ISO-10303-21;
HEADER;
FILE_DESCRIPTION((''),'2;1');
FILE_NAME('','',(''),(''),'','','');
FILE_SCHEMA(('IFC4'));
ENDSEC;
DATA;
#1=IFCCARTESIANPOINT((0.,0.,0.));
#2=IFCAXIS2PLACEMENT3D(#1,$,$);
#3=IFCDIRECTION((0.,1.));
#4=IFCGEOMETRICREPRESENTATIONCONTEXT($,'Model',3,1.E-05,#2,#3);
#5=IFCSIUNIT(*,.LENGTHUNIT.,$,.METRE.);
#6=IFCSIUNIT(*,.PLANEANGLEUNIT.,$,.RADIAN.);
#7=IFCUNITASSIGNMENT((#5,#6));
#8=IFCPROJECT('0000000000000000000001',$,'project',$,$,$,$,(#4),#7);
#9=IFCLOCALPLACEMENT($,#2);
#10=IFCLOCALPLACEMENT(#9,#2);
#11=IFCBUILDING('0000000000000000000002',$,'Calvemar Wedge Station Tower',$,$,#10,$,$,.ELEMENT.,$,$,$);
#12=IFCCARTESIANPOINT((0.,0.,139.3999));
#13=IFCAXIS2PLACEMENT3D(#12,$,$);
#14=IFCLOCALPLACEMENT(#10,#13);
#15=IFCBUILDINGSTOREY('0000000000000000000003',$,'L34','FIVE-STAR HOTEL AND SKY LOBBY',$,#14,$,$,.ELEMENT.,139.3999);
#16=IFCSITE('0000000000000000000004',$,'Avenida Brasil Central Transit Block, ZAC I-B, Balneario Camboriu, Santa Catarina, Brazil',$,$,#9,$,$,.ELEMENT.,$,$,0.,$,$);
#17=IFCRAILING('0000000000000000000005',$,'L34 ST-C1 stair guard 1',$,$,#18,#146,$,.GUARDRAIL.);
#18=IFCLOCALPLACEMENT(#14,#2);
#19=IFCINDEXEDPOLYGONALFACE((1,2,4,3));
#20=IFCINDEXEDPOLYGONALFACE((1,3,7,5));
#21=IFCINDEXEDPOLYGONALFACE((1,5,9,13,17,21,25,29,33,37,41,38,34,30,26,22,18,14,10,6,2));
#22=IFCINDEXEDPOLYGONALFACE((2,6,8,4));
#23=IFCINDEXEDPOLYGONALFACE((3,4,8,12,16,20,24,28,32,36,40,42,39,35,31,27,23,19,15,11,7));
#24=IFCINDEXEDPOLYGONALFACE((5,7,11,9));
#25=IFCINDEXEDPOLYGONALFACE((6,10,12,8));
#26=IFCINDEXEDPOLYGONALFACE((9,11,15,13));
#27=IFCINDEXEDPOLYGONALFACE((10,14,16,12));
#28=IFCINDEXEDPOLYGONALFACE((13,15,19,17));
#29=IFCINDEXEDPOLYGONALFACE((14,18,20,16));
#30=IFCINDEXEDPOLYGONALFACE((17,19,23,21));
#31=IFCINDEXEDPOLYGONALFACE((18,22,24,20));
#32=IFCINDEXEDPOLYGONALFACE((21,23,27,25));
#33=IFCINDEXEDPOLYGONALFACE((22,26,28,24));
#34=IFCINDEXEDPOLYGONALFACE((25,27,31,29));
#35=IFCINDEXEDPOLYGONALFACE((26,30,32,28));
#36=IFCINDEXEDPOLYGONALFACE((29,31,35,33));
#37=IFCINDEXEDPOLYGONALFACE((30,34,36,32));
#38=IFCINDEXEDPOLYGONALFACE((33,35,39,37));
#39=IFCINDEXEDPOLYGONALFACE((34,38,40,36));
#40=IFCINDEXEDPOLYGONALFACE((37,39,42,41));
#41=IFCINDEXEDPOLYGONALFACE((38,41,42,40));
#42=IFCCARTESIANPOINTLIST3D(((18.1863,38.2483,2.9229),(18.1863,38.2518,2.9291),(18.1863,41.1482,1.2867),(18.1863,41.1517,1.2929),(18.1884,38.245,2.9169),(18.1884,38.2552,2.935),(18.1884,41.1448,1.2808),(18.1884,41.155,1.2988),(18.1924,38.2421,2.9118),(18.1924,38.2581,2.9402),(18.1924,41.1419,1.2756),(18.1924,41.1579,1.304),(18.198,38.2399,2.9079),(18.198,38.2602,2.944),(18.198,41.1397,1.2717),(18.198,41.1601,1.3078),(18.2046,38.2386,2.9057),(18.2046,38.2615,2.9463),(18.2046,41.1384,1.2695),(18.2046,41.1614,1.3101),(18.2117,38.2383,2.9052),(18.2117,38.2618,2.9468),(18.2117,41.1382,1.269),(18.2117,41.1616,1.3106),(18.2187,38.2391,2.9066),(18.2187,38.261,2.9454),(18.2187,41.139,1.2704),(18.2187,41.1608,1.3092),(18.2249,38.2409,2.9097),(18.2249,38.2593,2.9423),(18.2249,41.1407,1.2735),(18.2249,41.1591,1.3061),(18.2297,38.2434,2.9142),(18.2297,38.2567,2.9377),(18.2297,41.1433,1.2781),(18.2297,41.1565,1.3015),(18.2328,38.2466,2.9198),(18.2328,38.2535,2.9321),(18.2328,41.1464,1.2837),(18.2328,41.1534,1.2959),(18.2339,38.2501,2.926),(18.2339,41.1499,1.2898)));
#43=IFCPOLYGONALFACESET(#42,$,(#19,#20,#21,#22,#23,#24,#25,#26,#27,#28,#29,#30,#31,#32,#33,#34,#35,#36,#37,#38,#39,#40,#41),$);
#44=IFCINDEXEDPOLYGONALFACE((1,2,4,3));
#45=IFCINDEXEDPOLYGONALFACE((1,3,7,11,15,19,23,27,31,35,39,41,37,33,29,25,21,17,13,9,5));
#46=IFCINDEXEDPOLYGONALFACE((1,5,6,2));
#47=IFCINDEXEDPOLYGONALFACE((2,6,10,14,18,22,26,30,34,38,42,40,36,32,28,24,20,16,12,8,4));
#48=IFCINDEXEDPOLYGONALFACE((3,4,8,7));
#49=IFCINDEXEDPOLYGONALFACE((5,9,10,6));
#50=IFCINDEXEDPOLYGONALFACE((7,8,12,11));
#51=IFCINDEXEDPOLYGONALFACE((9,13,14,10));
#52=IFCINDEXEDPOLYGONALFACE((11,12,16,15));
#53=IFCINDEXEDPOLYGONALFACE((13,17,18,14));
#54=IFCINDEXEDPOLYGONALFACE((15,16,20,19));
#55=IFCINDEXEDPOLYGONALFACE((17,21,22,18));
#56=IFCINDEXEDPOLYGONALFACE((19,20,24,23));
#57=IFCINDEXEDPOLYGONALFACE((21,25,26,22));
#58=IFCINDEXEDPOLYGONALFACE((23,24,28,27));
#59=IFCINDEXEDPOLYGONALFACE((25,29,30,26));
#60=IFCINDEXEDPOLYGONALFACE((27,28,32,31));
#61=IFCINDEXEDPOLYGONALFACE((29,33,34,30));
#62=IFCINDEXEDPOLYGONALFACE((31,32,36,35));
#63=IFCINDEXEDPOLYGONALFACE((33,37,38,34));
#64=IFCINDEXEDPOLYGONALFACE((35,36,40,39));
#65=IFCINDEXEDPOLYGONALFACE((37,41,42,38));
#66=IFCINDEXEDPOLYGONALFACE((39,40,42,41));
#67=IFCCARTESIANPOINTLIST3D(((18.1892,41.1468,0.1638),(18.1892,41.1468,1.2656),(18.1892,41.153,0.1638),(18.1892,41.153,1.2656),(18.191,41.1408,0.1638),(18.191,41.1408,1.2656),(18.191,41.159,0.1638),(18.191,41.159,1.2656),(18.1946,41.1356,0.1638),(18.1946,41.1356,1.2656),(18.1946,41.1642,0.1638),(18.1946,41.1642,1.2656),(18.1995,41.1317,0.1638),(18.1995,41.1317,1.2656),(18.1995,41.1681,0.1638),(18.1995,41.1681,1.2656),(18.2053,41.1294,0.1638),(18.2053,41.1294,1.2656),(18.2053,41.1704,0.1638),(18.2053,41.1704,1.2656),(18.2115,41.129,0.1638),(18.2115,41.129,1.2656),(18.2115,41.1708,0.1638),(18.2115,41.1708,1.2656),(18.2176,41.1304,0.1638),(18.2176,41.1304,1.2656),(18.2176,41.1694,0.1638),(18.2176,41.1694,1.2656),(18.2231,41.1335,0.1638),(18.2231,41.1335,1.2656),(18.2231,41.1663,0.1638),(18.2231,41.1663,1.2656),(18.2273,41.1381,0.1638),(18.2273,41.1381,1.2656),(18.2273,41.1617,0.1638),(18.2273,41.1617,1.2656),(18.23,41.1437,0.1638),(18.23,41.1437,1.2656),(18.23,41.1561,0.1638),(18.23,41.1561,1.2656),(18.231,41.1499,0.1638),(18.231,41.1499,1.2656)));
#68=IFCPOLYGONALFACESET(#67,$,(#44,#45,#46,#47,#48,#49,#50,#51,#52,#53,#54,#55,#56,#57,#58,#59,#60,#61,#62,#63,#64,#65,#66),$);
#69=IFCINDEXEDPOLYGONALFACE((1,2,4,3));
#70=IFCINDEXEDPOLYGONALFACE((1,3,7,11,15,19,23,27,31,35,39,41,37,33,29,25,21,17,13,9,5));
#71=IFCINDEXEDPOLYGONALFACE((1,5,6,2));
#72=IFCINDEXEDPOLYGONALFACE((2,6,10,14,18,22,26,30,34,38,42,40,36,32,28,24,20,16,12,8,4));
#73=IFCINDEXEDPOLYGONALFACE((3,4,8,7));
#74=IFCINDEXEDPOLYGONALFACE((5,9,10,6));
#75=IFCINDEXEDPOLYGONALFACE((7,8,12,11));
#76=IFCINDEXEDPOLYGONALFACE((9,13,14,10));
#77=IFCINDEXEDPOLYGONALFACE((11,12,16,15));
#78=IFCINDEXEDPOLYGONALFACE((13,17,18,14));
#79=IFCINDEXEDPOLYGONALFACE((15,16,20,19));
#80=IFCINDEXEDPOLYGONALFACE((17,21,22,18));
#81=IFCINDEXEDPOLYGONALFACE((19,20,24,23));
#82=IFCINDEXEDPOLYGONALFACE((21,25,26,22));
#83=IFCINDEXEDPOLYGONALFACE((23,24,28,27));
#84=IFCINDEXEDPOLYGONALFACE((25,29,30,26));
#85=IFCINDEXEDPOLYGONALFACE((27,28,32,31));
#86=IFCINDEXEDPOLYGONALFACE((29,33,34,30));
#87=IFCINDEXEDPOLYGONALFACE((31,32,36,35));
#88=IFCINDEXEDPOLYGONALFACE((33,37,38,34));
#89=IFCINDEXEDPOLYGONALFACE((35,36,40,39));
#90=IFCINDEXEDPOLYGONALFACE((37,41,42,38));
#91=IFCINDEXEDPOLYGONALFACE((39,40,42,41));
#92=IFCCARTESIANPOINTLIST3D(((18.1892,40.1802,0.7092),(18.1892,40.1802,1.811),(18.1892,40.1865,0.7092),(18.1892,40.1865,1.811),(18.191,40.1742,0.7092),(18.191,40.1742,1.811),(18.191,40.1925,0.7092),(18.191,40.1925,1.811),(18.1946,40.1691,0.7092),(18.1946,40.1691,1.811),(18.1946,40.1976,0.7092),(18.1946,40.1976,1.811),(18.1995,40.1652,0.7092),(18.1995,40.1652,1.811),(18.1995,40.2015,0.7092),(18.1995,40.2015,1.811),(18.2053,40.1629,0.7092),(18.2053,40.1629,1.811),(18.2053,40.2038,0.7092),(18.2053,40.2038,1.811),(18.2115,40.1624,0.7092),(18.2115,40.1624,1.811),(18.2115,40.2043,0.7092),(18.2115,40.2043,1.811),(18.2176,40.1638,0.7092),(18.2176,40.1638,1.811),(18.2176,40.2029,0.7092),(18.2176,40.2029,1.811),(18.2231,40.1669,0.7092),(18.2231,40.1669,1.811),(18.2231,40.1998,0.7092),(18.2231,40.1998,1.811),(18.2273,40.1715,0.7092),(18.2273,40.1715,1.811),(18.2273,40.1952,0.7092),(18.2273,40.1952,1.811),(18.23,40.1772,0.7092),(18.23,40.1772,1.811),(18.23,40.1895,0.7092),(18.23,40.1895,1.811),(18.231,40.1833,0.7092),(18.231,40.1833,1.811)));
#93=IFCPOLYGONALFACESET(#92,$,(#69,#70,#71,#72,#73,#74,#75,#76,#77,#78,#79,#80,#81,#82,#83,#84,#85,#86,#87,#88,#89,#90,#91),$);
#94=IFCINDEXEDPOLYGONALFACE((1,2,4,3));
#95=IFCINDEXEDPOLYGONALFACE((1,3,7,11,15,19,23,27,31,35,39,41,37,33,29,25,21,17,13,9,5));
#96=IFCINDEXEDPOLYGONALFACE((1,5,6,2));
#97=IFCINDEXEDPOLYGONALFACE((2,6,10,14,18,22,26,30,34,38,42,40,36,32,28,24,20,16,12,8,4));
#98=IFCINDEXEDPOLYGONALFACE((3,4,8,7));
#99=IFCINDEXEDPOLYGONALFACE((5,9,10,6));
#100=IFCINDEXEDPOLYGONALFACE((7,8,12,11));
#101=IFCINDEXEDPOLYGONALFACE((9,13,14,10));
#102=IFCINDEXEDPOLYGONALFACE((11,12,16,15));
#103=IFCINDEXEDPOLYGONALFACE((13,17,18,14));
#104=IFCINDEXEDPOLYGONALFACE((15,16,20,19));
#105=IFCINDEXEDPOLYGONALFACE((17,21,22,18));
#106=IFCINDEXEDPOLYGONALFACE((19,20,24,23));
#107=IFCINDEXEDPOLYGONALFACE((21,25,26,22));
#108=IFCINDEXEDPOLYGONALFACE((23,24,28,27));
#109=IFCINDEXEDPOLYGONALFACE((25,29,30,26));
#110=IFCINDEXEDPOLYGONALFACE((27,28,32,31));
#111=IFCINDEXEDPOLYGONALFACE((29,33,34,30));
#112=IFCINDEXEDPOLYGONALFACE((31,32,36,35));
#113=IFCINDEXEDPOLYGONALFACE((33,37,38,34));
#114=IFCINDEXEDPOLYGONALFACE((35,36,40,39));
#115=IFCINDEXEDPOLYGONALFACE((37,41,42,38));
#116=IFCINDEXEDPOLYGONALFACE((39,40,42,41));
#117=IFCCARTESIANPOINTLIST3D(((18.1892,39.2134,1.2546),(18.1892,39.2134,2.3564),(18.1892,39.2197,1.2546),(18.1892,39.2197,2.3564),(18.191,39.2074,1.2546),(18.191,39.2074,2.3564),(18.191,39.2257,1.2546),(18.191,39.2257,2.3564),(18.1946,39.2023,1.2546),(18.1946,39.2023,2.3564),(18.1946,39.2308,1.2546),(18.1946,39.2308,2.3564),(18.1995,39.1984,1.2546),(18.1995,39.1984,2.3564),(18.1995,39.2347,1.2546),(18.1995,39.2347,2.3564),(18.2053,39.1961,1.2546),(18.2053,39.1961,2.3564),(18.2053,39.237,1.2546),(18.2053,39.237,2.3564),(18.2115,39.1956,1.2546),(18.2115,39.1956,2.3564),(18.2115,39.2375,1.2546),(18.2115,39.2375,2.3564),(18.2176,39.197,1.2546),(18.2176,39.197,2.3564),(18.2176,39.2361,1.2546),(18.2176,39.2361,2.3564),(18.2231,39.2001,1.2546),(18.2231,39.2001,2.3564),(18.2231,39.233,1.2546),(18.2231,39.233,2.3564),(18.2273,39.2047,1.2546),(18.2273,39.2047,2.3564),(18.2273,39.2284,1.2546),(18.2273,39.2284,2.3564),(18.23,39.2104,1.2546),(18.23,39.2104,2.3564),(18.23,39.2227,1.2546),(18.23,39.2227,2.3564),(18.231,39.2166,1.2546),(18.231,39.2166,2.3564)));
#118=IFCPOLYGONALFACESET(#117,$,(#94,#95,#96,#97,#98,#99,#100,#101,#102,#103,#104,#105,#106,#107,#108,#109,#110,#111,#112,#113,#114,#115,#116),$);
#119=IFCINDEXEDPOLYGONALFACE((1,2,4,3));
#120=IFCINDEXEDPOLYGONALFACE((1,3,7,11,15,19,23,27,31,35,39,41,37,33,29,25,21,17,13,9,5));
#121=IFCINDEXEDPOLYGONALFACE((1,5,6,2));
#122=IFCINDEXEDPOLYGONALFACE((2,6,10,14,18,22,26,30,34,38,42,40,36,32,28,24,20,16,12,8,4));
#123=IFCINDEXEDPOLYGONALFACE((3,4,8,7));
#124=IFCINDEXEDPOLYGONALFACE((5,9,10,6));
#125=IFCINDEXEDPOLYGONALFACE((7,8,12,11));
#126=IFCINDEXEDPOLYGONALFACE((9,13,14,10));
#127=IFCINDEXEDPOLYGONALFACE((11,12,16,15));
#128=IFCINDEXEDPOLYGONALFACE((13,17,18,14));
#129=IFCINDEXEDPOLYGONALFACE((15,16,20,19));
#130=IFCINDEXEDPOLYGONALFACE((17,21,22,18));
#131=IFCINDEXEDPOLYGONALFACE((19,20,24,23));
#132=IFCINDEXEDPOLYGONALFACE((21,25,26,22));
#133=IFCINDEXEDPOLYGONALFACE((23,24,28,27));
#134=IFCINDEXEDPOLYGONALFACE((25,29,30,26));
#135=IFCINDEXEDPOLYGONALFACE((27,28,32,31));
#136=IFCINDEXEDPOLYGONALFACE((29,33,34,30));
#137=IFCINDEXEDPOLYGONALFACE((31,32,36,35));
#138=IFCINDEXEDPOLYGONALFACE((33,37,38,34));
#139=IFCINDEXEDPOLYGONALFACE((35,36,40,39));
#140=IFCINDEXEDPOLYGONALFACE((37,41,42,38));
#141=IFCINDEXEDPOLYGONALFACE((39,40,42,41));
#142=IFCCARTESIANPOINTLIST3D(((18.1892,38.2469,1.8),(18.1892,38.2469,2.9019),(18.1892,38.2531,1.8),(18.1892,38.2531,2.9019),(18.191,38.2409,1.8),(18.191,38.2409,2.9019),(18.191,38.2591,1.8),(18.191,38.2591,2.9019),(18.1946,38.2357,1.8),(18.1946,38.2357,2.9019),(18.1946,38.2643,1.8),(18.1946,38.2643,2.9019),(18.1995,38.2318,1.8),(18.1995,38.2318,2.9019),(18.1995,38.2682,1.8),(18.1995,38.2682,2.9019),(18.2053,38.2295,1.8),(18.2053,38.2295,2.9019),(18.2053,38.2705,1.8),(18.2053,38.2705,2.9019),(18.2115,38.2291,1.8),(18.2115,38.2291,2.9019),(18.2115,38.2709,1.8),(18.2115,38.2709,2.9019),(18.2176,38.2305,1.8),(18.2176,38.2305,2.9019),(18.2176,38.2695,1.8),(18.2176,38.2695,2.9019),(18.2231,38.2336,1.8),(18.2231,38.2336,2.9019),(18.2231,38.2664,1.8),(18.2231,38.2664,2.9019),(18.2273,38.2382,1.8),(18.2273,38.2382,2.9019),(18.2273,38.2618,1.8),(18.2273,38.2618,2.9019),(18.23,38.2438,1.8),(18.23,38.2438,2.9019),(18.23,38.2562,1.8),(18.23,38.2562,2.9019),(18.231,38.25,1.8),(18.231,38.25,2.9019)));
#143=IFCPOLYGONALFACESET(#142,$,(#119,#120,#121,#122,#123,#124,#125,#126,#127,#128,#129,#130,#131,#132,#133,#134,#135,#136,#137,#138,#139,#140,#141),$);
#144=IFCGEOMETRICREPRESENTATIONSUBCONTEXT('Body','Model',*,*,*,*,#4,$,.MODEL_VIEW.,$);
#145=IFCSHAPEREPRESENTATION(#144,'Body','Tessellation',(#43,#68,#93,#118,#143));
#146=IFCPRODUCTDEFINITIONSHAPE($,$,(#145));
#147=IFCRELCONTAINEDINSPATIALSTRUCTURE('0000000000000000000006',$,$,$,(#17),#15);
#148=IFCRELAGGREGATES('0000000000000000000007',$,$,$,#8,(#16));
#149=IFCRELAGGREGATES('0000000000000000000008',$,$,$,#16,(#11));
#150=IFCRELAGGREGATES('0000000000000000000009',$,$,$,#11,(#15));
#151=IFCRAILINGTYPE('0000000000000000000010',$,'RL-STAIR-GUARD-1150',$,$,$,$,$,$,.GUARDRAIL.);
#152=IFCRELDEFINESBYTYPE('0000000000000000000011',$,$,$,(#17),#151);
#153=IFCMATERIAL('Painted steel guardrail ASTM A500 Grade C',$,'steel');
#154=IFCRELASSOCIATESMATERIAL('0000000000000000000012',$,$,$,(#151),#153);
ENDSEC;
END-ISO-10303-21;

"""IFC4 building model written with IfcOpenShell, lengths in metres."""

from ifc_helpers import new_model, si_unit, direction, frame, origin, origin_2d, place, context, subcontext, project, spatial, circle, extrude, material, type_object, element, save


model = new_model("IFC4")

# Units and contexts
model_context = context("Model", 3, precision=1e-05, world=origin(), true_north=direction((0.0, 1.0)))
body_context = subcontext(model_context, "Body", "Model", "MODEL_VIEW")
ifc_project = project(units=[si_unit("LENGTHUNIT", "METRE"), si_unit("PLANEANGLEUNIT", "RADIAN")], contexts=[model_context])

# Site, building, storey
site_placement = place(None, origin())
site = spatial("IfcSite", under=ifc_project, at=site_placement, Name="Avenida Brasil Central Transit Block, ZAC I-B, Balneario Camboriu, Santa Catarina, Brazil", CompositionType="ELEMENT", RefElevation=0.0)
building_placement = place(site_placement, origin())
building = spatial("IfcBuilding", under=site, at=building_placement, Name="Calvemar Wedge Station Tower", CompositionType="ELEMENT")
storey_placement = place(building_placement, frame((0.0, 0.0, 139.3999)))
storey = spatial("IfcBuildingStorey", under=building, at=storey_placement, Name="L34", Description="FIVE-STAR HOTEL AND SKY LOBBY", CompositionType="ELEMENT", Elevation=139.3999)

# Railing
ifc_material_1 = material(Name="Painted steel guardrail ASTM A500 Grade C", Category="steel")
railing_type_1 = type_object("IfcRailingType", Name="RL-STAIR-GUARD-1150", PredefinedType="GUARDRAIL", material=ifc_material_1)
railing_1_placement = place(storey_placement, frame((18.21, 41.1499, 0.1638)))
element("IfcRailing", 1, at=railing_1_placement, inside=storey, type_object=railing_type_1, Name="L34 ST-C1 stair guard 1", PredefinedType="GUARDRAIL", context=body_context, shape_type="SweptSolid", body=[
    extrude(circle(Radius=0.0239, at=origin_2d()), frame((0.0, 0.0, 1.126), z_axis=(0.0, -0.870929, 0.49141), x_axis=(1.0, 0.0, 0.0)), (0.0, 0.0, 1.0), 3.3296),
    extrude(circle(Radius=0.021, at=origin_2d()), origin(), (0.0, 0.0, 1.0), 1.1018),
    extrude(circle(Radius=0.021, at=origin_2d()), frame((0.0, -0.9666, 0.5454)), (0.0, 0.0, 1.0), 1.1018),
    extrude(circle(Radius=0.021, at=origin_2d()), frame((0.0, -1.9333, 1.0908)), (0.0, 0.0, 1.0), 1.1018),
    extrude(circle(Radius=0.021, at=origin_2d()), frame((0.0, -2.8999, 1.6362)), (0.0, 0.0, 1.0), 1.1018),
])

save(model, "model.ifc")
